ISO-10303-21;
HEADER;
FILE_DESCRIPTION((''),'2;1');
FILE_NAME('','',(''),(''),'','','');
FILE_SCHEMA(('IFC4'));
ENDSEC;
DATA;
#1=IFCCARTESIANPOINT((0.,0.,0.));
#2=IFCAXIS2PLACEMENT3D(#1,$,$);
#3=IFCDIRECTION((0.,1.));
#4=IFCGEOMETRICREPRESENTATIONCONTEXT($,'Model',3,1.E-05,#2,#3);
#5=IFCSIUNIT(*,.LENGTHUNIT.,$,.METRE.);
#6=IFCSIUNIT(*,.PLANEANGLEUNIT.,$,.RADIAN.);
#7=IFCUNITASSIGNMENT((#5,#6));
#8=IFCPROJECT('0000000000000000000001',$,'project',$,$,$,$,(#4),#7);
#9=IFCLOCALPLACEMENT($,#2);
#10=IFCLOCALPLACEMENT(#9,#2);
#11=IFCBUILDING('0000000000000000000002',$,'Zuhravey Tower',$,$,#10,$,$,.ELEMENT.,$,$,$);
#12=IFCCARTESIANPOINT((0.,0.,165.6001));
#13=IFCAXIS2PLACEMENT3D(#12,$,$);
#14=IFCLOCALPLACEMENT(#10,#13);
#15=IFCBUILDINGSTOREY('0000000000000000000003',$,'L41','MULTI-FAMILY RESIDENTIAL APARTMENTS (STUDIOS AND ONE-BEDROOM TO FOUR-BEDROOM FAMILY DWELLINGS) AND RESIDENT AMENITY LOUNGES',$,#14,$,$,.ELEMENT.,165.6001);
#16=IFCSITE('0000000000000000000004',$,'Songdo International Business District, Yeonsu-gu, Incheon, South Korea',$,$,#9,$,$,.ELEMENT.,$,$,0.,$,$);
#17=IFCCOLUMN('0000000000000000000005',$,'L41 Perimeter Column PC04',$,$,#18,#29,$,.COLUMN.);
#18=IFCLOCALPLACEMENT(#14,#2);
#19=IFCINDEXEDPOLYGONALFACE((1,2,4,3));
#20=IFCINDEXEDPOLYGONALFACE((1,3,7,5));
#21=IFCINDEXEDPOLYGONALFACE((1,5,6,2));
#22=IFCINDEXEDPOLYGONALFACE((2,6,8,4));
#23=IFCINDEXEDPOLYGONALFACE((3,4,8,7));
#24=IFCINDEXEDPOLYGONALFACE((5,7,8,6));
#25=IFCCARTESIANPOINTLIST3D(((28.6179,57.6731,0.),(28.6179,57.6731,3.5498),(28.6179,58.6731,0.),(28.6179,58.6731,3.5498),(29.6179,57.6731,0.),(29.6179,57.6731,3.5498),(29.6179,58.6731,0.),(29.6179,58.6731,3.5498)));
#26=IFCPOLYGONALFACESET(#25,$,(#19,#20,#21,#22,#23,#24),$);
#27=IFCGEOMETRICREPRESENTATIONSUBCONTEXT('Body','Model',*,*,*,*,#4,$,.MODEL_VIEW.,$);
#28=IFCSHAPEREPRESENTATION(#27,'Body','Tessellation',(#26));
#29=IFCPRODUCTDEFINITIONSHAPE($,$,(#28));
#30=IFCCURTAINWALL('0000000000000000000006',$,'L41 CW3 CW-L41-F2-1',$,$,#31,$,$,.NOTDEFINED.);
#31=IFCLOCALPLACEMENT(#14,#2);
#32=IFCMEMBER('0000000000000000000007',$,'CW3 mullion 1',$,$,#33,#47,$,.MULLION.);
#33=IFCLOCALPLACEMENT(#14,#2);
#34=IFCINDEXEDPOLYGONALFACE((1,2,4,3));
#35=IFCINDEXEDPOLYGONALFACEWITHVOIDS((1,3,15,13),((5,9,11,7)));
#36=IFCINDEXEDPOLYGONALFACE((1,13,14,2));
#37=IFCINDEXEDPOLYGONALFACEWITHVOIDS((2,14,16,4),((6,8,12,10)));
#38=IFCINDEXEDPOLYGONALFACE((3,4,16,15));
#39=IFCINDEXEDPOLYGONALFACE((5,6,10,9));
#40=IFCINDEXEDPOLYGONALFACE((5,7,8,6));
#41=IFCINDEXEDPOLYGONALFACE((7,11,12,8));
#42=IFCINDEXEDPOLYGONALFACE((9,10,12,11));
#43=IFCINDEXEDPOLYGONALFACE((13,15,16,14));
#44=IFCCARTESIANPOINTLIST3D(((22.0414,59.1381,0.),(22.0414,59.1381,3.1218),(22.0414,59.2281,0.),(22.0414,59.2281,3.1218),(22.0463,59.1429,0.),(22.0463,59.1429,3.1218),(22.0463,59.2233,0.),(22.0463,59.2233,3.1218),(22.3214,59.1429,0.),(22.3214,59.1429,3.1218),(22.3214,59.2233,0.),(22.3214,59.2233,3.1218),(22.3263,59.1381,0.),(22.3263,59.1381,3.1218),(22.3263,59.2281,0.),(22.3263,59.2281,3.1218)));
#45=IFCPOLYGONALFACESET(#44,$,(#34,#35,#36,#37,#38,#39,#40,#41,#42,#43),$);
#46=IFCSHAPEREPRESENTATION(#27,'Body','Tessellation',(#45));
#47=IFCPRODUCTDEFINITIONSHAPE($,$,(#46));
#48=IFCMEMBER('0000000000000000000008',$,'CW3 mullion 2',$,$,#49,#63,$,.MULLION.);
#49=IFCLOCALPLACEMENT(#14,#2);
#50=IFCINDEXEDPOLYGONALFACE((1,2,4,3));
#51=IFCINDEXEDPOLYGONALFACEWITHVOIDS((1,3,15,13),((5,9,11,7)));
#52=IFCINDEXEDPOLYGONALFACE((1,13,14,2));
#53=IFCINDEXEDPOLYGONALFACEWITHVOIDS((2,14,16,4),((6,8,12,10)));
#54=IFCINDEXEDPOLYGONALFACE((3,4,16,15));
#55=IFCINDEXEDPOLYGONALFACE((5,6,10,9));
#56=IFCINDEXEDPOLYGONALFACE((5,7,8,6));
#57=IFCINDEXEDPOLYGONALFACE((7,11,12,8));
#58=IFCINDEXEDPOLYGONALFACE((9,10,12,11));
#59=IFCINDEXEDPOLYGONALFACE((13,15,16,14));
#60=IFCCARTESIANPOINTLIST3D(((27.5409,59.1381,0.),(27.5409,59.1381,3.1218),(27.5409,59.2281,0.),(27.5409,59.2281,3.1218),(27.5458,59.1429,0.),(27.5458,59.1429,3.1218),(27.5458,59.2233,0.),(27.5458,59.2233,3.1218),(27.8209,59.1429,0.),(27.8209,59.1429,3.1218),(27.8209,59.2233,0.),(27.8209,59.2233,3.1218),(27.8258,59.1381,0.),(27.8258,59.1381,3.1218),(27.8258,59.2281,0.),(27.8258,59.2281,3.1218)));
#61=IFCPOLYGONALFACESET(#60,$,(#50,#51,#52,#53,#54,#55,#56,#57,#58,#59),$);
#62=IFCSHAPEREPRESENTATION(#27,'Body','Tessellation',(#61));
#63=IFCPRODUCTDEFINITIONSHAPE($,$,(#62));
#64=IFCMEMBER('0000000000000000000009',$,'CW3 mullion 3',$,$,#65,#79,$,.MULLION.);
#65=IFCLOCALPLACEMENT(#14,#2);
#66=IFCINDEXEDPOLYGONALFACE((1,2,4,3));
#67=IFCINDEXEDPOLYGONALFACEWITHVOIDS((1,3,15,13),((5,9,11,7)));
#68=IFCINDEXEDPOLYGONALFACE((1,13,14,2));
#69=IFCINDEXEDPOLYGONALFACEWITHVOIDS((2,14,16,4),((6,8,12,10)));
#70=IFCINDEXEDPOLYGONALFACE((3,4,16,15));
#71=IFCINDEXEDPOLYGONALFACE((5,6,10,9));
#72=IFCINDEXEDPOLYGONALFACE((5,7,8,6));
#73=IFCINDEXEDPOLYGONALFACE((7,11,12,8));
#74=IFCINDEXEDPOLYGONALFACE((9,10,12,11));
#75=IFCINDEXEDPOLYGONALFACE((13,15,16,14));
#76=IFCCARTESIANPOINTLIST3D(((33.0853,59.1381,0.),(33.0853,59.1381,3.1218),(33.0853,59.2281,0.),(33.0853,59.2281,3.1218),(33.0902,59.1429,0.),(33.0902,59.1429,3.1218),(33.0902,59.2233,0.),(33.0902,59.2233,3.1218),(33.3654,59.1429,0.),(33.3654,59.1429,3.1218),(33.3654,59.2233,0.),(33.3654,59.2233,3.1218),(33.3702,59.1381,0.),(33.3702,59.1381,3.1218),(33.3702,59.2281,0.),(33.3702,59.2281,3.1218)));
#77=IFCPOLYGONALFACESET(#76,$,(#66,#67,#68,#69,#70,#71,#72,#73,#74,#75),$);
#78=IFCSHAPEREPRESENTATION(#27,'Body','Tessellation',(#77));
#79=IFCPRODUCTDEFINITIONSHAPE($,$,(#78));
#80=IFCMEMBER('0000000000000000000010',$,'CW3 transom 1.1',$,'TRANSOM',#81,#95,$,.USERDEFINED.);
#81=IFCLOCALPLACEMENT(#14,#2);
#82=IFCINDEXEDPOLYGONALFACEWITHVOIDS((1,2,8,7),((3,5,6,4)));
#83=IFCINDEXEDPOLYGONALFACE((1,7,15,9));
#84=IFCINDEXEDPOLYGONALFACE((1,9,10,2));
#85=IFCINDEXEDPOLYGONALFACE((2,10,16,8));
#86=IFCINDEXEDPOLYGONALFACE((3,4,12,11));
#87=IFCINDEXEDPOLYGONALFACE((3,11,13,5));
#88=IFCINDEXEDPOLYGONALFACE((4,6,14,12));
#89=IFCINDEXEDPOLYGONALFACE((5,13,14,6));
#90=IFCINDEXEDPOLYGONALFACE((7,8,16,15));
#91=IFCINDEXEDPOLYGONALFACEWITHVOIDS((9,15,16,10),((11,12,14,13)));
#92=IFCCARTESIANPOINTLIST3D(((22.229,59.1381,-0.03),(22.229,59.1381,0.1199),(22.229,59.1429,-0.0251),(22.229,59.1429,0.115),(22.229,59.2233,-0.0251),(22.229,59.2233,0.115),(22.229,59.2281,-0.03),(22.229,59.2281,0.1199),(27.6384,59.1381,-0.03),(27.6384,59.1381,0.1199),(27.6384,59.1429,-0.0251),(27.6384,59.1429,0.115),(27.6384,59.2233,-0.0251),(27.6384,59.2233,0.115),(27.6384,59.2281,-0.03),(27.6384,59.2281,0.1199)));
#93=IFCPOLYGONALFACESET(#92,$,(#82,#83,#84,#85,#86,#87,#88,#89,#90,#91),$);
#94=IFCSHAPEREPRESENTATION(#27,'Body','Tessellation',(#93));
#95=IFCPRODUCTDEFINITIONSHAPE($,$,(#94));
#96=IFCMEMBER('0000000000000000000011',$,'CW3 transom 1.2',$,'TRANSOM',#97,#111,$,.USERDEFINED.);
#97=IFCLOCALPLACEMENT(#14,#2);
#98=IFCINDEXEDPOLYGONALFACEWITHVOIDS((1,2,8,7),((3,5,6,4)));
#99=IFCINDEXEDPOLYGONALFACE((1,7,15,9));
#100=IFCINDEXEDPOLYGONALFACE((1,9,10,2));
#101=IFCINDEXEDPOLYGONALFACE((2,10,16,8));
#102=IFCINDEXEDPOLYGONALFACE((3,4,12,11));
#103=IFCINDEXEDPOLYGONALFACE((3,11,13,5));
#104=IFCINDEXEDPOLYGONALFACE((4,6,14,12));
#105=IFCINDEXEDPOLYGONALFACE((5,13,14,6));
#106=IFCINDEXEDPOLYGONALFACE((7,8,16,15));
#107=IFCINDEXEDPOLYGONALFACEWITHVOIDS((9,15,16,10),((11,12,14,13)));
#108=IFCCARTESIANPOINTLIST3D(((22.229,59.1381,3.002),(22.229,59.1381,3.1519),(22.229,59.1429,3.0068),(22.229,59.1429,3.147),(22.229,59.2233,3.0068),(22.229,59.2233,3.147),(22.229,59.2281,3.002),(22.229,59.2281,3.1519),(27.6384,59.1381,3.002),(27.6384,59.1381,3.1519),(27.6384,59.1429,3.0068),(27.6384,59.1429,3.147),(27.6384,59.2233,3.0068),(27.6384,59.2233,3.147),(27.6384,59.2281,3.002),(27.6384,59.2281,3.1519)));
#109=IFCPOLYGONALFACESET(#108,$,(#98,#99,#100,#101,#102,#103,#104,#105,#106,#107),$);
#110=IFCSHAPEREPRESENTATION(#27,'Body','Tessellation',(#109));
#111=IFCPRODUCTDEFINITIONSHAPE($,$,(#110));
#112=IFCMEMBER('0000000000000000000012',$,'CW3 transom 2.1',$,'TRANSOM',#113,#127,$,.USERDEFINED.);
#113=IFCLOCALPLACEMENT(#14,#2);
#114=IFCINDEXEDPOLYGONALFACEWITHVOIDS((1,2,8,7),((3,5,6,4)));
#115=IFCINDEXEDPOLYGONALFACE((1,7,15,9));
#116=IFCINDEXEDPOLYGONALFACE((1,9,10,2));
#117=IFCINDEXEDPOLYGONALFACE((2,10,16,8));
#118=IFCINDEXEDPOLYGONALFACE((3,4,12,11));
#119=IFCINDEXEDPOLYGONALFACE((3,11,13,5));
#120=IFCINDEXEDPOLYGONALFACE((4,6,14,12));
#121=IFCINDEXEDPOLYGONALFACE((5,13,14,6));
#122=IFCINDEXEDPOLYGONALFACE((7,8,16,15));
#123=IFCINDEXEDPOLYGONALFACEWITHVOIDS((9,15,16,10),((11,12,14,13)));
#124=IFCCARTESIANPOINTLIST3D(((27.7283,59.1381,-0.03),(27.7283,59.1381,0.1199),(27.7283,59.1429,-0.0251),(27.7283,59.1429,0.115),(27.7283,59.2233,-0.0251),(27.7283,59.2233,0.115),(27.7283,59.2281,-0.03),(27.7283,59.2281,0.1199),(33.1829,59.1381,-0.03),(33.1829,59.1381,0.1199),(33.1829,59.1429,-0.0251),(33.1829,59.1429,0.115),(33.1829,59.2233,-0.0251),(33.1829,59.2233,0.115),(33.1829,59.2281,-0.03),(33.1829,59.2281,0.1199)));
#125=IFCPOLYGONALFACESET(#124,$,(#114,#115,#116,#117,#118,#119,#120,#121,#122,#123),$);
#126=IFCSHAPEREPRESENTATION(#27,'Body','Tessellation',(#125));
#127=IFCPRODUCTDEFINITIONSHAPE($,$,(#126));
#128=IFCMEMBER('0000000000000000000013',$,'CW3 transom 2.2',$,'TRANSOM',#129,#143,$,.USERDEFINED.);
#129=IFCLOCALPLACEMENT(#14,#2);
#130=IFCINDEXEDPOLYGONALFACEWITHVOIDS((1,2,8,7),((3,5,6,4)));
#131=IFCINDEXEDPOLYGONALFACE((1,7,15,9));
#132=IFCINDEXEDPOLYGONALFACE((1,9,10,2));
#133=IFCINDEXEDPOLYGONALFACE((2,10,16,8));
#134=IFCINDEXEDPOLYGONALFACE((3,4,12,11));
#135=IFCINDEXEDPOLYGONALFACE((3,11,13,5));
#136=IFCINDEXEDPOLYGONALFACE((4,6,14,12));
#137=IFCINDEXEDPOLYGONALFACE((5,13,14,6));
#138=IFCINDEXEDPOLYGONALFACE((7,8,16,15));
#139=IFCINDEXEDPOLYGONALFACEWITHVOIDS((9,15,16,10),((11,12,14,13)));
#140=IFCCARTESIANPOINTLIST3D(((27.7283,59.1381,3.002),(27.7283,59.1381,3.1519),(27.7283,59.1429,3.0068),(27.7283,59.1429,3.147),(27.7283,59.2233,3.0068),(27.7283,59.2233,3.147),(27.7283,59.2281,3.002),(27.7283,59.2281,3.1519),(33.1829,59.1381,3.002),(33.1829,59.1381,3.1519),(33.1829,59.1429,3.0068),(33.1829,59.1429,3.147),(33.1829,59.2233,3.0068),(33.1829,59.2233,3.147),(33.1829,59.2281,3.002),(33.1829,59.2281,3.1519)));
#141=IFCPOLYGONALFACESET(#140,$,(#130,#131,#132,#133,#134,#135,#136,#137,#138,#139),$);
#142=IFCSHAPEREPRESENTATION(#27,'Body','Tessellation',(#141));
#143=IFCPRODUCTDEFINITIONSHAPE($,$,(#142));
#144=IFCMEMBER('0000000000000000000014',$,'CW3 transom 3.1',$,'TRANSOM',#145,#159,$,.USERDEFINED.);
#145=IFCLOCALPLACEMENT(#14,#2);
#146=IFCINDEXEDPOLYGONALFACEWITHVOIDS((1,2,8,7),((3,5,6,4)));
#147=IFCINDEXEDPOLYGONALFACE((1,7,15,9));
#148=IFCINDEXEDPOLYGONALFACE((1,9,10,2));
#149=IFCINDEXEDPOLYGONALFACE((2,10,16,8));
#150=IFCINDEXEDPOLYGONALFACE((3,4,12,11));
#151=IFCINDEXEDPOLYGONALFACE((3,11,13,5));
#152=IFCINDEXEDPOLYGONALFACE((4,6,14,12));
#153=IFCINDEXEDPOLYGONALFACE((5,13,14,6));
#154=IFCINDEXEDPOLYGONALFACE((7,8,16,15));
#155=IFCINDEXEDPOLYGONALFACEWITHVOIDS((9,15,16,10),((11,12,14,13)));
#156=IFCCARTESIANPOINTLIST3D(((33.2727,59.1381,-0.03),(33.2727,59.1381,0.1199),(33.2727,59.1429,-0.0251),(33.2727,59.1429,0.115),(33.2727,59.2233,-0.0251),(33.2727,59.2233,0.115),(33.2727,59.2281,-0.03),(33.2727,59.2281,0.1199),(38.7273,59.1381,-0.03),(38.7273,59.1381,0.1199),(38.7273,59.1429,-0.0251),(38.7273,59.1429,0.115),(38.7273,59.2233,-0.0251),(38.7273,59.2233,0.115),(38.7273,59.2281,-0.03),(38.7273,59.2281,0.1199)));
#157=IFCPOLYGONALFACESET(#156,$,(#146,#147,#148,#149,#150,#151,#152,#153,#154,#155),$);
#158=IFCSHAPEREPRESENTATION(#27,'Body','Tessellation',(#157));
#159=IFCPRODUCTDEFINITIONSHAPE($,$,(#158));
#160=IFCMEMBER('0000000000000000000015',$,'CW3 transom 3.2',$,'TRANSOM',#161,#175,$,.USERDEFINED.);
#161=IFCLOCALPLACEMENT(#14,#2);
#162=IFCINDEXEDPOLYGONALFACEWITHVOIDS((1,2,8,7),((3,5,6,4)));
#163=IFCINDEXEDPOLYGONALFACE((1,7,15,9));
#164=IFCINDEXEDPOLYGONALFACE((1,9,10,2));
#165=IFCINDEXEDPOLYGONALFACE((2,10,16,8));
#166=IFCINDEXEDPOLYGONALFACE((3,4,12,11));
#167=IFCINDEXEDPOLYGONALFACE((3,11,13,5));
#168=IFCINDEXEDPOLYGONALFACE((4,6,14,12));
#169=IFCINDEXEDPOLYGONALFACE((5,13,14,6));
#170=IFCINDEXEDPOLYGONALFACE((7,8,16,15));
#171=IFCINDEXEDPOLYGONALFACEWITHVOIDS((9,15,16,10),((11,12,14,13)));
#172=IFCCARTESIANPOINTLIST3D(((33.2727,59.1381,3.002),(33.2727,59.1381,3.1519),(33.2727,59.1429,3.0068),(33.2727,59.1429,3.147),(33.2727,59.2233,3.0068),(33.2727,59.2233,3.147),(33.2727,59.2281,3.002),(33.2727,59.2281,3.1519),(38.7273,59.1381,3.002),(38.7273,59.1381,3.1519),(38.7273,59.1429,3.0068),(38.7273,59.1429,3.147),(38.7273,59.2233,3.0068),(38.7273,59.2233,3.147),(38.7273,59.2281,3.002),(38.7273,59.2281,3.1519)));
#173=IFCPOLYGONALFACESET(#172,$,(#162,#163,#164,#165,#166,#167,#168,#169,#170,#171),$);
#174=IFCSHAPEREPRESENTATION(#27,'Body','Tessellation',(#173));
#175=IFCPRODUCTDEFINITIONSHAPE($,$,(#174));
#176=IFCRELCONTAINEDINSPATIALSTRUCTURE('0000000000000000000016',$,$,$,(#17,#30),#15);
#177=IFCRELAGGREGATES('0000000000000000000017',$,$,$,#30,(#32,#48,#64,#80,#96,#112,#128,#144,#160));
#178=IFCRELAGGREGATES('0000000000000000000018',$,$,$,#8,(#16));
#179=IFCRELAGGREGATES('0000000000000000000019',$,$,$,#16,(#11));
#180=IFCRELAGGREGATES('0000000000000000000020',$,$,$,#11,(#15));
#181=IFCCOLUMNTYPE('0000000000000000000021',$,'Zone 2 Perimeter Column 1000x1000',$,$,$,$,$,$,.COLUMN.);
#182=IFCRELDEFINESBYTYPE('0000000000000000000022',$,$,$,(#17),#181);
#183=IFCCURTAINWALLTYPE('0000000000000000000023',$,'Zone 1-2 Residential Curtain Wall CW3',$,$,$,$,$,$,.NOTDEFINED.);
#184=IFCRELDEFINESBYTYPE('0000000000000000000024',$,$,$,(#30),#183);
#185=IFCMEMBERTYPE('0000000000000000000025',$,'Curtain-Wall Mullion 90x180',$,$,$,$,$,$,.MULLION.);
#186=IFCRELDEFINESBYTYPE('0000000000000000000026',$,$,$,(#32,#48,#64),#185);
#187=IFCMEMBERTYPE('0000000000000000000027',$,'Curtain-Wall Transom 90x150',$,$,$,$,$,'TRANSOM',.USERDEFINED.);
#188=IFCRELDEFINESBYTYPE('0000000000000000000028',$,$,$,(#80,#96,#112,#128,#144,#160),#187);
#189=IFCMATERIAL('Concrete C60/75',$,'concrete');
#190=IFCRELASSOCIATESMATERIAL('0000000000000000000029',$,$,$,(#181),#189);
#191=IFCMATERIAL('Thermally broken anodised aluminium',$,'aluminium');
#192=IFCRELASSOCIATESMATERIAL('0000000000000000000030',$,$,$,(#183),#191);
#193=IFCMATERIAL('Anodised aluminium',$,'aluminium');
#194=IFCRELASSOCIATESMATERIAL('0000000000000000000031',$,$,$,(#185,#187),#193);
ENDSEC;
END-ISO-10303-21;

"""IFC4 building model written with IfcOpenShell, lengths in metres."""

from ifc_helpers import new_model, si_unit, direction, frame, origin, origin_2d, place, context, subcontext, project, spatial, rectangle, hollow_rectangle, extrude, material, material_profile, profile_set, type_object, element, aggregate, save


model = new_model("IFC4")

# Units and contexts
model_context = context("Model", 3, precision=1e-05, world=origin(), true_north=direction((0.0, 1.0)))
body_context = subcontext(model_context, "Body", "Model", "MODEL_VIEW")
ifc_project = project(units=[si_unit("LENGTHUNIT", "METRE"), si_unit("PLANEANGLEUNIT", "RADIAN")], contexts=[model_context])

# Site, building, storey
site_placement = place(None, origin())
site = spatial("IfcSite", under=ifc_project, at=site_placement, Name="Songdo International Business District, Yeonsu-gu, Incheon, South Korea", CompositionType="ELEMENT", RefElevation=0.0)
building_placement = place(site_placement, origin())
building = spatial("IfcBuilding", under=site, at=building_placement, Name="Zuhravey Tower", CompositionType="ELEMENT")
storey_placement = place(building_placement, frame((0.0, 0.0, 165.6001)))
storey = spatial("IfcBuildingStorey", under=building, at=storey_placement, Name="L41", Description="MULTI-FAMILY RESIDENTIAL APARTMENTS (STUDIOS AND ONE-BEDROOM TO FOUR-BEDROOM FAMILY DWELLINGS) AND RESIDENT AMENITY LOUNGES", CompositionType="ELEMENT", Elevation=165.6001)

# Column
ifc_material_1 = material(Name="Concrete C60/75", Category="concrete")
ifc_material_profile_1 = material_profile(ifc_material_1, rectangle(XDim=1.0, YDim=1.0, at=origin_2d()), Name="RC-1000x1000")
ifc_profile_set_1 = profile_set([ifc_material_profile_1], Name="Concrete C60/75")
column_type = type_object("IfcColumnType", Name="Zone 2 Perimeter Column 1000x1000", PredefinedType="COLUMN", material=ifc_profile_set_1)
column_placement = place(storey_placement, frame((29.1179, 58.1731, 0.0), z_axis=(0.0, 0.0, 1.0), x_axis=(-1.0, 0.0, 0.0)))
element("IfcColumn", 1, at=column_placement, inside=storey, type_object=column_type, Name="L41 Perimeter Column PC04", PredefinedType="COLUMN", context=body_context, shape_type="SweptSolid", body=[
    extrude(rectangle(XDim=1.0, YDim=1.0, at=origin_2d()), origin(), (0.0, 0.0, 1.0), 3.5498),
])

# Curtain wall, members
ifc_material_2 = material(Name="Thermally broken anodised aluminium", Category="aluminium")
curtain_wall_type = type_object("IfcCurtainWallType", Name="Zone 1-2 Residential Curtain Wall CW3", PredefinedType="NOTDEFINED", material=ifc_material_2)
curtain_wall_placement = place(storey_placement, origin())
curtain_wall = element("IfcCurtainWall", 2, at=curtain_wall_placement, inside=storey, type_object=curtain_wall_type, Name="L41 CW3 CW-L41-F2-1", PredefinedType="NOTDEFINED")
ifc_material_3 = material(Name="Anodised aluminium", Category="aluminium")
ifc_material_profile_2 = material_profile(ifc_material_3, hollow_rectangle(XDim=0.0901, YDim=0.2849, WallThickness=0.0049, at=origin_2d()), Name="ALU-RHS-90x285x5")
ifc_profile_set_2 = profile_set([ifc_material_profile_2], Name="Anodised aluminium")
member_type_1 = type_object("IfcMemberType", Name="Curtain-Wall Mullion 90x180", PredefinedType="MULLION", material=ifc_profile_set_2)
member_1_placement = place(storey_placement, frame((22.1838, 59.1831, 0.0), z_axis=(0.0, 0.0, 1.0), x_axis=(0.0, 1.0, 0.0)))
member_1 = element("IfcMember", 3, at=member_1_placement, type_object=member_type_1, Name="CW3 mullion 1", PredefinedType="MULLION", context=body_context, shape_type="SweptSolid", body=[
    extrude(hollow_rectangle(XDim=0.0901, YDim=0.2849, WallThickness=0.0049, at=origin_2d()), origin(), (0.0, 0.0, 1.0), 3.1218),
])
member_2_placement = place(storey_placement, frame((27.6833, 59.1831, 0.0), z_axis=(0.0, 0.0, 1.0), x_axis=(0.0, 1.0, 0.0)))
member_2 = element("IfcMember", 4, at=member_2_placement, type_object=member_type_1, Name="CW3 mullion 2", PredefinedType="MULLION", context=body_context, shape_type="SweptSolid", body=[
    extrude(hollow_rectangle(XDim=0.0901, YDim=0.2849, WallThickness=0.0049, at=origin_2d()), origin(), (0.0, 0.0, 1.0), 3.1218),
])
member_3_placement = place(storey_placement, frame((33.2278, 59.1831, 0.0), z_axis=(0.0, 0.0, 1.0), x_axis=(0.0, 1.0, 0.0)))
member_3 = element("IfcMember", 5, at=member_3_placement, type_object=member_type_1, Name="CW3 mullion 3", PredefinedType="MULLION", context=body_context, shape_type="SweptSolid", body=[
    extrude(hollow_rectangle(XDim=0.0901, YDim=0.2849, WallThickness=0.0049, at=origin_2d()), origin(), (0.0, 0.0, 1.0), 3.1218),
])
ifc_material_profile_3 = material_profile(ifc_material_3, hollow_rectangle(XDim=0.0901, YDim=0.1499, WallThickness=0.0049, at=origin_2d()), Name="ALU-RHS-90x150x5")
ifc_profile_set_3 = profile_set([ifc_material_profile_3], Name="Anodised aluminium")
member_type_2 = type_object("IfcMemberType", Name="Curtain-Wall Transom 90x150", ElementType="TRANSOM", PredefinedType="USERDEFINED", material=ifc_profile_set_3)
member_4_placement = place(storey_placement, frame((22.229, 59.1831, 0.0449), z_axis=(1.0, 0.0, 0.0), x_axis=(0.0, 1.0, 0.0)))
member_4 = element("IfcMember", 6, at=member_4_placement, type_object=member_type_2, Name="CW3 transom 1.1", ObjectType="TRANSOM", PredefinedType="USERDEFINED", context=body_context, shape_type="SweptSolid", body=[
    extrude(hollow_rectangle(XDim=0.0901, YDim=0.1499, WallThickness=0.0049, at=origin_2d()), origin(), (0.0, 0.0, 1.0), 5.4094),
])
member_5_placement = place(storey_placement, frame((22.229, 59.1831, 3.0769), z_axis=(1.0, 0.0, 0.0), x_axis=(0.0, 1.0, 0.0)))
member_5 = element("IfcMember", 7, at=member_5_placement, type_object=member_type_2, Name="CW3 transom 1.2", ObjectType="TRANSOM", PredefinedType="USERDEFINED", context=body_context, shape_type="SweptSolid", body=[
    extrude(hollow_rectangle(XDim=0.0901, YDim=0.1499, WallThickness=0.0049, at=origin_2d()), origin(), (0.0, 0.0, 1.0), 5.4094),
])
member_6_placement = place(storey_placement, frame((27.7283, 59.1831, 0.0449), z_axis=(1.0, 0.0, 0.0), x_axis=(0.0, 1.0, 0.0)))
member_6 = element("IfcMember", 8, at=member_6_placement, type_object=member_type_2, Name="CW3 transom 2.1", ObjectType="TRANSOM", PredefinedType="USERDEFINED", context=body_context, shape_type="SweptSolid", body=[
    extrude(hollow_rectangle(XDim=0.0901, YDim=0.1499, WallThickness=0.0049, at=origin_2d()), origin(), (0.0, 0.0, 1.0), 5.4546),
])
member_7_placement = place(storey_placement, frame((27.7283, 59.1831, 3.0769), z_axis=(1.0, 0.0, 0.0), x_axis=(0.0, 1.0, 0.0)))
member_7 = element("IfcMember", 9, at=member_7_placement, type_object=member_type_2, Name="CW3 transom 2.2", ObjectType="TRANSOM", PredefinedType="USERDEFINED", context=body_context, shape_type="SweptSolid", body=[
    extrude(hollow_rectangle(XDim=0.0901, YDim=0.1499, WallThickness=0.0049, at=origin_2d()), origin(), (0.0, 0.0, 1.0), 5.4546),
])
member_8_placement = place(storey_placement, frame((33.2727, 59.1831, 0.0449), z_axis=(1.0, 0.0, 0.0), x_axis=(0.0, 1.0, 0.0)))
member_8 = element("IfcMember", 10, at=member_8_placement, type_object=member_type_2, Name="CW3 transom 3.1", ObjectType="TRANSOM", PredefinedType="USERDEFINED", context=body_context, shape_type="SweptSolid", body=[
    extrude(hollow_rectangle(XDim=0.0901, YDim=0.1499, WallThickness=0.0049, at=origin_2d()), origin(), (0.0, 0.0, 1.0), 5.4546),
])
member_9_placement = place(storey_placement, frame((33.2727, 59.1831, 3.0769), z_axis=(1.0, 0.0, 0.0), x_axis=(0.0, 1.0, 0.0)))
member_9 = element("IfcMember", 11, at=member_9_placement, type_object=member_type_2, Name="CW3 transom 3.2", ObjectType="TRANSOM", PredefinedType="USERDEFINED", context=body_context, shape_type="SweptSolid", body=[
    extrude(hollow_rectangle(XDim=0.0901, YDim=0.1499, WallThickness=0.0049, at=origin_2d()), origin(), (0.0, 0.0, 1.0), 5.4546),
])

aggregate(curtain_wall, [member_1, member_2, member_3, member_4, member_5, member_6, member_7, member_8, member_9])

save(model, "model.ifc")
